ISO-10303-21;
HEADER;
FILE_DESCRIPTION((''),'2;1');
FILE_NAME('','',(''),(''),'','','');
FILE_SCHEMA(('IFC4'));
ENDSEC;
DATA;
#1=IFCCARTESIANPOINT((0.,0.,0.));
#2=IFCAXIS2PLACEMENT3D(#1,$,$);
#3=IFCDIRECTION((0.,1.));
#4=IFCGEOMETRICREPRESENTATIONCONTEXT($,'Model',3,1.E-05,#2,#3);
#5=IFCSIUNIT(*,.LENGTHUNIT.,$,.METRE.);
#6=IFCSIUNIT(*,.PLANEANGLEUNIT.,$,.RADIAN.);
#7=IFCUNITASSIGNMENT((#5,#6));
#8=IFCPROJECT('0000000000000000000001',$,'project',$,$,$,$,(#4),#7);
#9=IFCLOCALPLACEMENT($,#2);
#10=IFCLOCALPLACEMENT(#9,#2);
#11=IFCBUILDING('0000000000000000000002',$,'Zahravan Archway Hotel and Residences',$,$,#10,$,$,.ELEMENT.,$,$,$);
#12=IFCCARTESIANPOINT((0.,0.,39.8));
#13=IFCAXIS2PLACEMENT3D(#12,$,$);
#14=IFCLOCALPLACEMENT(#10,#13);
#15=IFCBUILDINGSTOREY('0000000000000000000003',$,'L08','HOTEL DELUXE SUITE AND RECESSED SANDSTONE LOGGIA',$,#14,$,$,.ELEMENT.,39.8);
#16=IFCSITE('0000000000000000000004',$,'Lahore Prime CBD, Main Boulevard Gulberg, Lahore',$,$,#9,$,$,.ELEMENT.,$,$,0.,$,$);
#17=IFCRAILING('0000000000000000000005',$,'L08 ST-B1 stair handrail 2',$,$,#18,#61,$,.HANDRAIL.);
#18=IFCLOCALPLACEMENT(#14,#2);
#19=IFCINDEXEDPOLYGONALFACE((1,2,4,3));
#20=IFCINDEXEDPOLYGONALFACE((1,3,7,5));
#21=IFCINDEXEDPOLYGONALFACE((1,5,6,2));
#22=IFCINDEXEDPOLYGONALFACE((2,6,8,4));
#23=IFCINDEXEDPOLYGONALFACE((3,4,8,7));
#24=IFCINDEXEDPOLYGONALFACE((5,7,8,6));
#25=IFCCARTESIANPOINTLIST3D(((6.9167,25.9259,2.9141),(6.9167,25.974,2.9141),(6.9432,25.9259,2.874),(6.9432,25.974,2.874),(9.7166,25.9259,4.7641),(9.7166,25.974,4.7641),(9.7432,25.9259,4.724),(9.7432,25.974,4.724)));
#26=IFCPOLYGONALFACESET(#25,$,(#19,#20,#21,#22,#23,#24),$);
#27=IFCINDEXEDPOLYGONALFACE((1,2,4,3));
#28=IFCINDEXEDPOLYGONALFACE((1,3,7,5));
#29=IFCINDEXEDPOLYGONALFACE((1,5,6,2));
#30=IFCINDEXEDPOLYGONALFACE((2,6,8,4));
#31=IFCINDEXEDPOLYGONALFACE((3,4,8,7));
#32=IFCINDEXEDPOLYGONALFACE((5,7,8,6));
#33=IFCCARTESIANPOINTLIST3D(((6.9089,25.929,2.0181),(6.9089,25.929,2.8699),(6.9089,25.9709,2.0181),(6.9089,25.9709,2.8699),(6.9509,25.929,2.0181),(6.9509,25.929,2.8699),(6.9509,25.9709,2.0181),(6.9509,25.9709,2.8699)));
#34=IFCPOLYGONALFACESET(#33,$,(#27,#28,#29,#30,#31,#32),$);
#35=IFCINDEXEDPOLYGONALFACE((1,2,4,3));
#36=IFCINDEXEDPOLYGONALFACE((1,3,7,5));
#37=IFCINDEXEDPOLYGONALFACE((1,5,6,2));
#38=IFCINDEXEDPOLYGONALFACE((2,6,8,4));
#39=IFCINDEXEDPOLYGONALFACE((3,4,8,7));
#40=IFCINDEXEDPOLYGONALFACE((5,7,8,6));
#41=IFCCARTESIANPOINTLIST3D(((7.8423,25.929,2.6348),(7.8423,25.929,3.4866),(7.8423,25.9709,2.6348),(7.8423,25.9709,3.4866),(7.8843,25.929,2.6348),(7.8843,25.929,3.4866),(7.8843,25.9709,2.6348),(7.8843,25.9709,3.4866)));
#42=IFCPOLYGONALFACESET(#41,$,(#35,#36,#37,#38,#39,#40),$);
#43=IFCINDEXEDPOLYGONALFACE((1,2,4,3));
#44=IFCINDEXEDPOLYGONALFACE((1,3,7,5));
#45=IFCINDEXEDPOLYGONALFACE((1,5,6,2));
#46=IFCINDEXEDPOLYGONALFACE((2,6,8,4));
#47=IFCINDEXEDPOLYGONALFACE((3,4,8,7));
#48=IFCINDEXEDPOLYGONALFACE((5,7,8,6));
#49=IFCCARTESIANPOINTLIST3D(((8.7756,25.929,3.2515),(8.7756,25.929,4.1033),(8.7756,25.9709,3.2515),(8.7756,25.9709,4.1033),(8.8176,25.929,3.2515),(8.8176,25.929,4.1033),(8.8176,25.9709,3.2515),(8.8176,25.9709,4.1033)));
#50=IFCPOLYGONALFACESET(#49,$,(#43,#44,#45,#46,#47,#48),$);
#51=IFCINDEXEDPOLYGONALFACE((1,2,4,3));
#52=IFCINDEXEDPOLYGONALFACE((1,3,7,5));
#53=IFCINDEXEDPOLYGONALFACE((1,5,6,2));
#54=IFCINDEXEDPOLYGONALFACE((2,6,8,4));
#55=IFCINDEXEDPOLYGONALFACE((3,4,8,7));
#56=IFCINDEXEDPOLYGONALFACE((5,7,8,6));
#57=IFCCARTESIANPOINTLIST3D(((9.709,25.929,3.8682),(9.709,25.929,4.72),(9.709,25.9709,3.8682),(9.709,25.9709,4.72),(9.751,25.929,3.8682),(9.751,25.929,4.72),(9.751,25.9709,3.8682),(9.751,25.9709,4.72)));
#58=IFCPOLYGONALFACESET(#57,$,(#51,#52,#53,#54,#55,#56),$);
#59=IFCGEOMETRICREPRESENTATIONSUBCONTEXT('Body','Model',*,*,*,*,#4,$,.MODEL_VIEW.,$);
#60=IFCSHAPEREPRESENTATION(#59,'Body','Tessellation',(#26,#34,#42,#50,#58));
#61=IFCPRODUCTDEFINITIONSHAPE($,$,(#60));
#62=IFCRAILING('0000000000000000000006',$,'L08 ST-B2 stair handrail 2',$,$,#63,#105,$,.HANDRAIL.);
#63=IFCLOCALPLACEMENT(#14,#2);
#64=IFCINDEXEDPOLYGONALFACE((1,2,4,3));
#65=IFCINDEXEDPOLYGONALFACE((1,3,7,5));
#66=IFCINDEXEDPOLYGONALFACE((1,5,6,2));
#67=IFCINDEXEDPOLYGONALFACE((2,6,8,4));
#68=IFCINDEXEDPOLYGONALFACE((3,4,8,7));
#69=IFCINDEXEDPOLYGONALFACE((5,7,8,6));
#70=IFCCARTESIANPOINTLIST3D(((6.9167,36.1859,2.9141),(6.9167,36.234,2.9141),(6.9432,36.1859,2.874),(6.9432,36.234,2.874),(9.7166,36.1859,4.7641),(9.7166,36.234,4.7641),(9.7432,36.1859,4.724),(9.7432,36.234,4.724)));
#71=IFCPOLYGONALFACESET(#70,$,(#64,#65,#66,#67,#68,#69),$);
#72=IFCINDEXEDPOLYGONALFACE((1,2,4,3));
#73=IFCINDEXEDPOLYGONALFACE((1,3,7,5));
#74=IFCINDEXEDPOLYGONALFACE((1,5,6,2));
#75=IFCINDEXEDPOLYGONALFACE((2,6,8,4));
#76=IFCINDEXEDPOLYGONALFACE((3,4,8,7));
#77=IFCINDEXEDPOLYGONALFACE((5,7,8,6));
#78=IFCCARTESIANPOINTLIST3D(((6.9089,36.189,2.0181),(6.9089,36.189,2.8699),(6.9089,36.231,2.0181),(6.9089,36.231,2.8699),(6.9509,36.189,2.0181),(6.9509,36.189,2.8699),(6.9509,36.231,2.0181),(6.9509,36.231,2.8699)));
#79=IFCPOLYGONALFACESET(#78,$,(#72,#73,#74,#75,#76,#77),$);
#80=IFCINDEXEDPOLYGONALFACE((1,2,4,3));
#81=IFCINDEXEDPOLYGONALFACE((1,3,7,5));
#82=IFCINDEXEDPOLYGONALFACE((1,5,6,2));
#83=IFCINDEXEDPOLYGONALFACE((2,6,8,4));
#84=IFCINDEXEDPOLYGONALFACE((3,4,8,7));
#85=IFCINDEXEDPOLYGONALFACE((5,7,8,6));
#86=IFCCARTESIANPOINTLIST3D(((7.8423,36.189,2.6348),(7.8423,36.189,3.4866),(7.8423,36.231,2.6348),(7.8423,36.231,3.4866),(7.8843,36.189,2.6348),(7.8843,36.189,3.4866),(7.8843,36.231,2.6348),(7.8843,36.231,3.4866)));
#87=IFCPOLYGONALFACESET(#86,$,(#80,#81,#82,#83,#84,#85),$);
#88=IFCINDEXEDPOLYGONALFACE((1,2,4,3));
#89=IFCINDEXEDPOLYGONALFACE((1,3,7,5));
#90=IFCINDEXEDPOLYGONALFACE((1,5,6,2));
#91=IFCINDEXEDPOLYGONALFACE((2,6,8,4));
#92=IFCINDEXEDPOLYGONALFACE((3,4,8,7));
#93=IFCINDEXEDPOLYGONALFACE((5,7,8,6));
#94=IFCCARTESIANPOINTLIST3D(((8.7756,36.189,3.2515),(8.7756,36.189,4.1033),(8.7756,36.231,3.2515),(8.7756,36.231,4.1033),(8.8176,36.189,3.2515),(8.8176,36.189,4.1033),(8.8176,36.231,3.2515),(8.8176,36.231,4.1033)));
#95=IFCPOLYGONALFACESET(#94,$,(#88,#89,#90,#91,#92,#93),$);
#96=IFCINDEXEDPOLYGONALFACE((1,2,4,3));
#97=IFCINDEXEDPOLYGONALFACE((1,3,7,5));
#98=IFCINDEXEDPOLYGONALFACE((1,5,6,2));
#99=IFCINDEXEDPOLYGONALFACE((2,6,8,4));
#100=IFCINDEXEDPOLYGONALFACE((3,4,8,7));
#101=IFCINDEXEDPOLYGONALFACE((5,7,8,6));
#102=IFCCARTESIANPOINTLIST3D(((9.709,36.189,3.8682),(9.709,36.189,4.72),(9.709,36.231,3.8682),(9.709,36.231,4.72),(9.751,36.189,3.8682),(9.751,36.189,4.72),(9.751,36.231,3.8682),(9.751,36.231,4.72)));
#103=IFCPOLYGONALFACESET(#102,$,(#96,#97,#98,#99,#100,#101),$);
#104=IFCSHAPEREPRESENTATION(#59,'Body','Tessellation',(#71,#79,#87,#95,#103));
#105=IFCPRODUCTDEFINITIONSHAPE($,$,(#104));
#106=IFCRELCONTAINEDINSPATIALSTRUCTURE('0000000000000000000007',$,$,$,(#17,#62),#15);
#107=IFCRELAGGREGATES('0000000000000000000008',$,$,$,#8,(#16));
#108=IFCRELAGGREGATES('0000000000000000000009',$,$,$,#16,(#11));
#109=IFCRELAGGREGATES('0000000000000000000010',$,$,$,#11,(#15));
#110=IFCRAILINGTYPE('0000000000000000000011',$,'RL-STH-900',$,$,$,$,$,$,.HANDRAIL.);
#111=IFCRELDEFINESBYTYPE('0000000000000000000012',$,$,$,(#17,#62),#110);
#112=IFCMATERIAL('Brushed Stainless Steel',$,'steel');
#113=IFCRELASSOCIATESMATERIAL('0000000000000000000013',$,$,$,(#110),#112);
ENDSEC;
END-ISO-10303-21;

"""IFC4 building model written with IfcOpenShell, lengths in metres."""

from ifc_helpers import new_model, si_unit, direction, frame, origin, origin_2d, place, context, subcontext, project, spatial, rectangle, extrude, material, type_object, element, save


model = new_model("IFC4")

# Units and contexts
model_context = context("Model", 3, precision=1e-05, world=origin(), true_north=direction((0.0, 1.0)))
body_context = subcontext(model_context, "Body", "Model", "MODEL_VIEW")
ifc_project = project(units=[si_unit("LENGTHUNIT", "METRE"), si_unit("PLANEANGLEUNIT", "RADIAN")], contexts=[model_context])

# Site, building, storey
site_placement = place(None, origin())
site = spatial("IfcSite", under=ifc_project, at=site_placement, Name="Lahore Prime CBD, Main Boulevard Gulberg, Lahore", CompositionType="ELEMENT", RefElevation=0.0)
building_placement = place(site_placement, origin())
building = spatial("IfcBuilding", under=site, at=building_placement, Name="Zahravan Archway Hotel and Residences", CompositionType="ELEMENT")
storey_placement = place(building_placement, frame((0.0, 0.0, 39.8)))
storey = spatial("IfcBuildingStorey", under=building, at=storey_placement, Name="L08", Description="HOTEL DELUXE SUITE AND RECESSED SANDSTONE LOGGIA", CompositionType="ELEMENT", Elevation=39.8)

# Shared definitions
ifc_material_1 = material(Name="Brushed Stainless Steel", Category="steel")

# Railings
railing_type_1 = type_object("IfcRailingType", Name="RL-STH-900", PredefinedType="HANDRAIL", material=ifc_material_1)
for number, where, name in (
    (1, (6.9299, 25.95, 2.0181), "L08 ST-B1 stair handrail 2"),
    (2, (6.9299, 36.21, 2.0181), "L08 ST-B2 stair handrail 2"),
):
    element("IfcRailing", number, at=place(storey_placement, frame(where)), inside=storey, type_object=railing_type_1, Name=name, PredefinedType="HANDRAIL", context=body_context, shape_type="SweptSolid", body=[
        extrude(rectangle(XDim=0.0481, YDim=0.0481, at=origin_2d()), frame((0.0, 0.0, 0.876), z_axis=(0.834326, 0.0, 0.551271), x_axis=(0.0, 1.0, 0.0)), (0.0, 0.0, 1.0), 3.356),
        extrude(rectangle(XDim=0.042, YDim=0.042, at=origin_2d()), origin(), (0.0, 0.0, 1.0), 0.8518),
        extrude(rectangle(XDim=0.042, YDim=0.042, at=origin_2d()), frame((0.9333, 0.0, 0.6167)), (0.0, 0.0, 1.0), 0.8518),
        extrude(rectangle(XDim=0.042, YDim=0.042, at=origin_2d()), frame((1.8667, 0.0, 1.2334)), (0.0, 0.0, 1.0), 0.8518),
        extrude(rectangle(XDim=0.042, YDim=0.042, at=origin_2d()), frame((2.8, 0.0, 1.8501)), (0.0, 0.0, 1.0), 0.8518),
    ])

save(model, "model.ifc")
